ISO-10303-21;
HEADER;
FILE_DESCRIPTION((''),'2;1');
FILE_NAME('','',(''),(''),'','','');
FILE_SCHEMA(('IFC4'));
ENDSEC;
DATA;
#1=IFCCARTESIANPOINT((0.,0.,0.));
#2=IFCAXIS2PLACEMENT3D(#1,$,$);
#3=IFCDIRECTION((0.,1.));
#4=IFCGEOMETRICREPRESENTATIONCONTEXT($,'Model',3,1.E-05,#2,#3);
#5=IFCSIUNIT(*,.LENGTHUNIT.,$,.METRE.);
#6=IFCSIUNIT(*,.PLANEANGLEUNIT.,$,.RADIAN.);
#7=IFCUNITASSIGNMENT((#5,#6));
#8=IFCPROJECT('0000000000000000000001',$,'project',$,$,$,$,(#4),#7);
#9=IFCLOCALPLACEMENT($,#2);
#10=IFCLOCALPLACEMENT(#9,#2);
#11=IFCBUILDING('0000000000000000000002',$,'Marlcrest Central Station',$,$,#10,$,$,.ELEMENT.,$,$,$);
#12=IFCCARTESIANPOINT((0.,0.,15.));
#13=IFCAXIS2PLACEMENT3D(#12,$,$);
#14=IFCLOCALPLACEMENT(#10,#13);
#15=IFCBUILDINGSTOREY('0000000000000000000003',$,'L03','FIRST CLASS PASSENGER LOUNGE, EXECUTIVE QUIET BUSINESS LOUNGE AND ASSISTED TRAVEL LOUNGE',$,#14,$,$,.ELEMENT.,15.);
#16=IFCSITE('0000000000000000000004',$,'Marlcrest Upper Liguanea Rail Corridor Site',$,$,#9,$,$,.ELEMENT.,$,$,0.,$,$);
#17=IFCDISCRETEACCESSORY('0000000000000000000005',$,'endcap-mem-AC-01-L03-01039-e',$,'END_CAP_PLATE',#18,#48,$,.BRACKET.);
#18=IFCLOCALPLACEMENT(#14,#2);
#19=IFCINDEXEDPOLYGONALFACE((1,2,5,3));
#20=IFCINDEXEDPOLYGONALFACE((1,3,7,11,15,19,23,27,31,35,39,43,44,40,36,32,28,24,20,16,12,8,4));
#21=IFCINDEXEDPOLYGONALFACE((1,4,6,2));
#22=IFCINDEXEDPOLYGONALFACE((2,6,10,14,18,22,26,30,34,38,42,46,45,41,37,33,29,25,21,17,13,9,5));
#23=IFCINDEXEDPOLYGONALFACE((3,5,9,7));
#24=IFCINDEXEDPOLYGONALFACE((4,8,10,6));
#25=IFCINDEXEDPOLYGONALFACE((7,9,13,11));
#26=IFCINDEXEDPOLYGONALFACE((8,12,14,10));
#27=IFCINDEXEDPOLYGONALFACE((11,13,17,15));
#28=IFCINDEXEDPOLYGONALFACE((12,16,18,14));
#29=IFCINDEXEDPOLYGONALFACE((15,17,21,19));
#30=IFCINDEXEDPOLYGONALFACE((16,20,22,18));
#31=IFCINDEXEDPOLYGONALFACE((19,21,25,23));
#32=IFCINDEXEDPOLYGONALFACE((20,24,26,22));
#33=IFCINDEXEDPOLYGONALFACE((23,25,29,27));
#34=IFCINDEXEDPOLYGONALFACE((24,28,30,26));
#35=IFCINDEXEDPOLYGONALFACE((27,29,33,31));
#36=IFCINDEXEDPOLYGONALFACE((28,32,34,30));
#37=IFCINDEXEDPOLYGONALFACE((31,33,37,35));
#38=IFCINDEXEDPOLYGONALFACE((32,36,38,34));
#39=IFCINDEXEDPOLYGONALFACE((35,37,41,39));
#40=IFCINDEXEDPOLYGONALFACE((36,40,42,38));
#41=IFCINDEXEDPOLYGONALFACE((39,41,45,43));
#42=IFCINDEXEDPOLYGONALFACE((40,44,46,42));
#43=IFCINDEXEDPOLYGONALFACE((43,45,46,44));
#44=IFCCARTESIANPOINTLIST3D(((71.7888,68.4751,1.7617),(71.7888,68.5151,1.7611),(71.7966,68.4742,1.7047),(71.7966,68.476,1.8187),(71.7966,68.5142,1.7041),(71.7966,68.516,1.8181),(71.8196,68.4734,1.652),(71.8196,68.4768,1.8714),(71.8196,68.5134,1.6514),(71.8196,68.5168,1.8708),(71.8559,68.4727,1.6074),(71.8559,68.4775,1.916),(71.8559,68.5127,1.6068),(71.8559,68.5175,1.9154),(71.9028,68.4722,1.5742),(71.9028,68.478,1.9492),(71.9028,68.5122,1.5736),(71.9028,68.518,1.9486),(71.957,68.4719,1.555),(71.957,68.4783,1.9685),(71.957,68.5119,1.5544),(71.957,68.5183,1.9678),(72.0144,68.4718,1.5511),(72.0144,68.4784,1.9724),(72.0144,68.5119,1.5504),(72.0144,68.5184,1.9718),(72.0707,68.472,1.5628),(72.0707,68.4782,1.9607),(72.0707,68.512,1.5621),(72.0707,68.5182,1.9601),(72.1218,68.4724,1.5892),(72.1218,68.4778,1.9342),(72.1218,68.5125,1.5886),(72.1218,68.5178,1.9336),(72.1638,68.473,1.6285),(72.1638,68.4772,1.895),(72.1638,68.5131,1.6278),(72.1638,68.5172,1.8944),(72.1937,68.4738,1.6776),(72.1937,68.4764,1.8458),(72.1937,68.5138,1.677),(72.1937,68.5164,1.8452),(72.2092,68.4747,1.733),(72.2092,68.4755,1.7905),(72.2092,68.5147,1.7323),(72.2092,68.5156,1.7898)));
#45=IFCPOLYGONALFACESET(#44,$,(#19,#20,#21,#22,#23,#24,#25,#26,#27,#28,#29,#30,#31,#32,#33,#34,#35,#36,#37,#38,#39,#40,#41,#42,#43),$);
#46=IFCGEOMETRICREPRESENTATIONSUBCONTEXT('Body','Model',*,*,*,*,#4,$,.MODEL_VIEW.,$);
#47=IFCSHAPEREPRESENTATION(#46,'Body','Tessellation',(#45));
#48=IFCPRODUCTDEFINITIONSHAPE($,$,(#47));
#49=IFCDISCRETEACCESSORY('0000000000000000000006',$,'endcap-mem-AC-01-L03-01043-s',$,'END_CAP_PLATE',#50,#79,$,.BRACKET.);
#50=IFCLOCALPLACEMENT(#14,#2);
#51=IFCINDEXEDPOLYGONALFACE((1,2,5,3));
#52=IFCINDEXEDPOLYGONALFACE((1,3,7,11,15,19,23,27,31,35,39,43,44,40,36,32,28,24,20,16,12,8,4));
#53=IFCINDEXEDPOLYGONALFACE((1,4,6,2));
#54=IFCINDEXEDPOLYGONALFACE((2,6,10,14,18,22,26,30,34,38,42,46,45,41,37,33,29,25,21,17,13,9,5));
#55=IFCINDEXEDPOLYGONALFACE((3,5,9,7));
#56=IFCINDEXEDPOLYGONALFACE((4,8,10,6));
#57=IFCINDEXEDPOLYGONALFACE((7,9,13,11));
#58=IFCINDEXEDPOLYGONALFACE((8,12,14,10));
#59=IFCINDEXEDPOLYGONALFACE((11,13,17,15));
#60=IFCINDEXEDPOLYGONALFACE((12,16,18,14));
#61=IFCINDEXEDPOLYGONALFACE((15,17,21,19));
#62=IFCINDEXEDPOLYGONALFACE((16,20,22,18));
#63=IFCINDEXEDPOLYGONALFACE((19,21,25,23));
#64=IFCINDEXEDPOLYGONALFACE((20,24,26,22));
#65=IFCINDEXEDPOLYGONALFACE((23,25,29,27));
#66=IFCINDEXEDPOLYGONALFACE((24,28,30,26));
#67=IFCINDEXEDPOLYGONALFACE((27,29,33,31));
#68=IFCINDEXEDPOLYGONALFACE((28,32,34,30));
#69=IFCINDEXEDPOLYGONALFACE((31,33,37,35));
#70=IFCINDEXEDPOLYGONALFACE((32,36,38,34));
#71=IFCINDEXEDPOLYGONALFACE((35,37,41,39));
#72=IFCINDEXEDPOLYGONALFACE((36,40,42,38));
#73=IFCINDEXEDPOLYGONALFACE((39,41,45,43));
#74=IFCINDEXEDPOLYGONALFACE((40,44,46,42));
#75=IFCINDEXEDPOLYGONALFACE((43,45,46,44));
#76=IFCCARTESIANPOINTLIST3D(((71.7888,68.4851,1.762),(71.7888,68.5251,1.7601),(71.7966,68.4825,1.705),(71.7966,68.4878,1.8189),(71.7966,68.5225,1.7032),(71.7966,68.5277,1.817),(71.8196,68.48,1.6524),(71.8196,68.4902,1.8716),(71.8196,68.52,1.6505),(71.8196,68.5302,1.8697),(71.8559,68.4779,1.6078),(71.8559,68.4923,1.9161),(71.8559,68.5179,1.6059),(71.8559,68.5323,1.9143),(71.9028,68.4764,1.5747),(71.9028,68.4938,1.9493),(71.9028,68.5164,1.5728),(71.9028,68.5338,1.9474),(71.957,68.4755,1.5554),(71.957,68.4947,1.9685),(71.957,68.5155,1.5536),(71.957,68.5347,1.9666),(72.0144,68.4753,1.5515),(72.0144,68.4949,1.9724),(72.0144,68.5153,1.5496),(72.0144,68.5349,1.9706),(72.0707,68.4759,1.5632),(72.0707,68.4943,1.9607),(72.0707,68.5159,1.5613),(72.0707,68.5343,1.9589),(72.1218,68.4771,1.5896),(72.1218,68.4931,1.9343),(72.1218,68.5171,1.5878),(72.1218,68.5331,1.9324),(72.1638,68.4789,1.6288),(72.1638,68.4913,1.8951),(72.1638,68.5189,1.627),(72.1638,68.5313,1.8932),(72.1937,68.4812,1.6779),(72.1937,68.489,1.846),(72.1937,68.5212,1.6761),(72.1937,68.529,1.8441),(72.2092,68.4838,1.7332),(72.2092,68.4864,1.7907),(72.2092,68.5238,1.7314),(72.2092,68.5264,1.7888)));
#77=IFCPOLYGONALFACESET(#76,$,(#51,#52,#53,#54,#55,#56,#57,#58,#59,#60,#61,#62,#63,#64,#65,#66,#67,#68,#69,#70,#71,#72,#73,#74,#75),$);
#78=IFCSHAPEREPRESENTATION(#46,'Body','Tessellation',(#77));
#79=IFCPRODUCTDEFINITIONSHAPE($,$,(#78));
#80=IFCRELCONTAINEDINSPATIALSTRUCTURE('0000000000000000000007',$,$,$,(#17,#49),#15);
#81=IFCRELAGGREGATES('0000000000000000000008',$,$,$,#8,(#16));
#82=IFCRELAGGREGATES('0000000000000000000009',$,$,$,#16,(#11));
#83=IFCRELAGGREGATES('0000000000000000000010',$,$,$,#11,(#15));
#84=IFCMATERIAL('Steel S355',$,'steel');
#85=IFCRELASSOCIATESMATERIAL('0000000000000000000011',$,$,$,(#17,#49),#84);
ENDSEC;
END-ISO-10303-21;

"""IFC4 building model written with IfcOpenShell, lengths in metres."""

from ifc_helpers import new_model, si_unit, direction, frame, origin, origin_2d, place, context, subcontext, project, spatial, circle, extrude, material, element, save


model = new_model("IFC4")

# Units and contexts
model_context = context("Model", 3, precision=1e-05, world=origin(), true_north=direction((0.0, 1.0)))
body_context = subcontext(model_context, "Body", "Model", "MODEL_VIEW")
ifc_project = project(units=[si_unit("LENGTHUNIT", "METRE"), si_unit("PLANEANGLEUNIT", "RADIAN")], contexts=[model_context])

# Site, building, storey
site_placement = place(None, origin())
site = spatial("IfcSite", under=ifc_project, at=site_placement, Name="Marlcrest Upper Liguanea Rail Corridor Site", CompositionType="ELEMENT", RefElevation=0.0)
building_placement = place(site_placement, origin())
building = spatial("IfcBuilding", under=site, at=building_placement, Name="Marlcrest Central Station", CompositionType="ELEMENT")
storey_placement = place(building_placement, frame((0.0, 0.0, 15.0)))
storey = spatial("IfcBuildingStorey", under=building, at=storey_placement, Name="L03", Description="FIRST CLASS PASSENGER LOUNGE, EXECUTIVE QUIET BUSINESS LOUNGE AND ASSISTED TRAVEL LOUNGE", CompositionType="ELEMENT", Elevation=15.0)

# Shared definitions
ifc_material_1 = material(Name="Steel S355", Category="steel")

# Discrete accessories
for number, where, z_axis, x_axis, name in (
    (1, (72.0, 68.4751, 1.7617), (0.0, 0.999879, -0.015525), (-1.0, 0.0, 0.0), "endcap-mem-AC-01-L03-01039-e"),
    (2, (72.0, 68.4851, 1.762), (0.0, 0.998921, -0.046434), (-1.0, 0.0, 0.0), "endcap-mem-AC-01-L03-01043-s"),
):
    element("IfcDiscreteAccessory", number, at=place(storey_placement, frame(where, z_axis=z_axis, x_axis=x_axis)), inside=storey, material=ifc_material_1, Name=name, ObjectType="END_CAP_PLATE", PredefinedType="BRACKET", context=body_context, shape_type="SweptSolid", body=[
        extrude(circle(Radius=0.2112, at=origin_2d()), origin(), (0.0, 0.0, 1.0), 0.04),
    ])

save(model, "model.ifc")
